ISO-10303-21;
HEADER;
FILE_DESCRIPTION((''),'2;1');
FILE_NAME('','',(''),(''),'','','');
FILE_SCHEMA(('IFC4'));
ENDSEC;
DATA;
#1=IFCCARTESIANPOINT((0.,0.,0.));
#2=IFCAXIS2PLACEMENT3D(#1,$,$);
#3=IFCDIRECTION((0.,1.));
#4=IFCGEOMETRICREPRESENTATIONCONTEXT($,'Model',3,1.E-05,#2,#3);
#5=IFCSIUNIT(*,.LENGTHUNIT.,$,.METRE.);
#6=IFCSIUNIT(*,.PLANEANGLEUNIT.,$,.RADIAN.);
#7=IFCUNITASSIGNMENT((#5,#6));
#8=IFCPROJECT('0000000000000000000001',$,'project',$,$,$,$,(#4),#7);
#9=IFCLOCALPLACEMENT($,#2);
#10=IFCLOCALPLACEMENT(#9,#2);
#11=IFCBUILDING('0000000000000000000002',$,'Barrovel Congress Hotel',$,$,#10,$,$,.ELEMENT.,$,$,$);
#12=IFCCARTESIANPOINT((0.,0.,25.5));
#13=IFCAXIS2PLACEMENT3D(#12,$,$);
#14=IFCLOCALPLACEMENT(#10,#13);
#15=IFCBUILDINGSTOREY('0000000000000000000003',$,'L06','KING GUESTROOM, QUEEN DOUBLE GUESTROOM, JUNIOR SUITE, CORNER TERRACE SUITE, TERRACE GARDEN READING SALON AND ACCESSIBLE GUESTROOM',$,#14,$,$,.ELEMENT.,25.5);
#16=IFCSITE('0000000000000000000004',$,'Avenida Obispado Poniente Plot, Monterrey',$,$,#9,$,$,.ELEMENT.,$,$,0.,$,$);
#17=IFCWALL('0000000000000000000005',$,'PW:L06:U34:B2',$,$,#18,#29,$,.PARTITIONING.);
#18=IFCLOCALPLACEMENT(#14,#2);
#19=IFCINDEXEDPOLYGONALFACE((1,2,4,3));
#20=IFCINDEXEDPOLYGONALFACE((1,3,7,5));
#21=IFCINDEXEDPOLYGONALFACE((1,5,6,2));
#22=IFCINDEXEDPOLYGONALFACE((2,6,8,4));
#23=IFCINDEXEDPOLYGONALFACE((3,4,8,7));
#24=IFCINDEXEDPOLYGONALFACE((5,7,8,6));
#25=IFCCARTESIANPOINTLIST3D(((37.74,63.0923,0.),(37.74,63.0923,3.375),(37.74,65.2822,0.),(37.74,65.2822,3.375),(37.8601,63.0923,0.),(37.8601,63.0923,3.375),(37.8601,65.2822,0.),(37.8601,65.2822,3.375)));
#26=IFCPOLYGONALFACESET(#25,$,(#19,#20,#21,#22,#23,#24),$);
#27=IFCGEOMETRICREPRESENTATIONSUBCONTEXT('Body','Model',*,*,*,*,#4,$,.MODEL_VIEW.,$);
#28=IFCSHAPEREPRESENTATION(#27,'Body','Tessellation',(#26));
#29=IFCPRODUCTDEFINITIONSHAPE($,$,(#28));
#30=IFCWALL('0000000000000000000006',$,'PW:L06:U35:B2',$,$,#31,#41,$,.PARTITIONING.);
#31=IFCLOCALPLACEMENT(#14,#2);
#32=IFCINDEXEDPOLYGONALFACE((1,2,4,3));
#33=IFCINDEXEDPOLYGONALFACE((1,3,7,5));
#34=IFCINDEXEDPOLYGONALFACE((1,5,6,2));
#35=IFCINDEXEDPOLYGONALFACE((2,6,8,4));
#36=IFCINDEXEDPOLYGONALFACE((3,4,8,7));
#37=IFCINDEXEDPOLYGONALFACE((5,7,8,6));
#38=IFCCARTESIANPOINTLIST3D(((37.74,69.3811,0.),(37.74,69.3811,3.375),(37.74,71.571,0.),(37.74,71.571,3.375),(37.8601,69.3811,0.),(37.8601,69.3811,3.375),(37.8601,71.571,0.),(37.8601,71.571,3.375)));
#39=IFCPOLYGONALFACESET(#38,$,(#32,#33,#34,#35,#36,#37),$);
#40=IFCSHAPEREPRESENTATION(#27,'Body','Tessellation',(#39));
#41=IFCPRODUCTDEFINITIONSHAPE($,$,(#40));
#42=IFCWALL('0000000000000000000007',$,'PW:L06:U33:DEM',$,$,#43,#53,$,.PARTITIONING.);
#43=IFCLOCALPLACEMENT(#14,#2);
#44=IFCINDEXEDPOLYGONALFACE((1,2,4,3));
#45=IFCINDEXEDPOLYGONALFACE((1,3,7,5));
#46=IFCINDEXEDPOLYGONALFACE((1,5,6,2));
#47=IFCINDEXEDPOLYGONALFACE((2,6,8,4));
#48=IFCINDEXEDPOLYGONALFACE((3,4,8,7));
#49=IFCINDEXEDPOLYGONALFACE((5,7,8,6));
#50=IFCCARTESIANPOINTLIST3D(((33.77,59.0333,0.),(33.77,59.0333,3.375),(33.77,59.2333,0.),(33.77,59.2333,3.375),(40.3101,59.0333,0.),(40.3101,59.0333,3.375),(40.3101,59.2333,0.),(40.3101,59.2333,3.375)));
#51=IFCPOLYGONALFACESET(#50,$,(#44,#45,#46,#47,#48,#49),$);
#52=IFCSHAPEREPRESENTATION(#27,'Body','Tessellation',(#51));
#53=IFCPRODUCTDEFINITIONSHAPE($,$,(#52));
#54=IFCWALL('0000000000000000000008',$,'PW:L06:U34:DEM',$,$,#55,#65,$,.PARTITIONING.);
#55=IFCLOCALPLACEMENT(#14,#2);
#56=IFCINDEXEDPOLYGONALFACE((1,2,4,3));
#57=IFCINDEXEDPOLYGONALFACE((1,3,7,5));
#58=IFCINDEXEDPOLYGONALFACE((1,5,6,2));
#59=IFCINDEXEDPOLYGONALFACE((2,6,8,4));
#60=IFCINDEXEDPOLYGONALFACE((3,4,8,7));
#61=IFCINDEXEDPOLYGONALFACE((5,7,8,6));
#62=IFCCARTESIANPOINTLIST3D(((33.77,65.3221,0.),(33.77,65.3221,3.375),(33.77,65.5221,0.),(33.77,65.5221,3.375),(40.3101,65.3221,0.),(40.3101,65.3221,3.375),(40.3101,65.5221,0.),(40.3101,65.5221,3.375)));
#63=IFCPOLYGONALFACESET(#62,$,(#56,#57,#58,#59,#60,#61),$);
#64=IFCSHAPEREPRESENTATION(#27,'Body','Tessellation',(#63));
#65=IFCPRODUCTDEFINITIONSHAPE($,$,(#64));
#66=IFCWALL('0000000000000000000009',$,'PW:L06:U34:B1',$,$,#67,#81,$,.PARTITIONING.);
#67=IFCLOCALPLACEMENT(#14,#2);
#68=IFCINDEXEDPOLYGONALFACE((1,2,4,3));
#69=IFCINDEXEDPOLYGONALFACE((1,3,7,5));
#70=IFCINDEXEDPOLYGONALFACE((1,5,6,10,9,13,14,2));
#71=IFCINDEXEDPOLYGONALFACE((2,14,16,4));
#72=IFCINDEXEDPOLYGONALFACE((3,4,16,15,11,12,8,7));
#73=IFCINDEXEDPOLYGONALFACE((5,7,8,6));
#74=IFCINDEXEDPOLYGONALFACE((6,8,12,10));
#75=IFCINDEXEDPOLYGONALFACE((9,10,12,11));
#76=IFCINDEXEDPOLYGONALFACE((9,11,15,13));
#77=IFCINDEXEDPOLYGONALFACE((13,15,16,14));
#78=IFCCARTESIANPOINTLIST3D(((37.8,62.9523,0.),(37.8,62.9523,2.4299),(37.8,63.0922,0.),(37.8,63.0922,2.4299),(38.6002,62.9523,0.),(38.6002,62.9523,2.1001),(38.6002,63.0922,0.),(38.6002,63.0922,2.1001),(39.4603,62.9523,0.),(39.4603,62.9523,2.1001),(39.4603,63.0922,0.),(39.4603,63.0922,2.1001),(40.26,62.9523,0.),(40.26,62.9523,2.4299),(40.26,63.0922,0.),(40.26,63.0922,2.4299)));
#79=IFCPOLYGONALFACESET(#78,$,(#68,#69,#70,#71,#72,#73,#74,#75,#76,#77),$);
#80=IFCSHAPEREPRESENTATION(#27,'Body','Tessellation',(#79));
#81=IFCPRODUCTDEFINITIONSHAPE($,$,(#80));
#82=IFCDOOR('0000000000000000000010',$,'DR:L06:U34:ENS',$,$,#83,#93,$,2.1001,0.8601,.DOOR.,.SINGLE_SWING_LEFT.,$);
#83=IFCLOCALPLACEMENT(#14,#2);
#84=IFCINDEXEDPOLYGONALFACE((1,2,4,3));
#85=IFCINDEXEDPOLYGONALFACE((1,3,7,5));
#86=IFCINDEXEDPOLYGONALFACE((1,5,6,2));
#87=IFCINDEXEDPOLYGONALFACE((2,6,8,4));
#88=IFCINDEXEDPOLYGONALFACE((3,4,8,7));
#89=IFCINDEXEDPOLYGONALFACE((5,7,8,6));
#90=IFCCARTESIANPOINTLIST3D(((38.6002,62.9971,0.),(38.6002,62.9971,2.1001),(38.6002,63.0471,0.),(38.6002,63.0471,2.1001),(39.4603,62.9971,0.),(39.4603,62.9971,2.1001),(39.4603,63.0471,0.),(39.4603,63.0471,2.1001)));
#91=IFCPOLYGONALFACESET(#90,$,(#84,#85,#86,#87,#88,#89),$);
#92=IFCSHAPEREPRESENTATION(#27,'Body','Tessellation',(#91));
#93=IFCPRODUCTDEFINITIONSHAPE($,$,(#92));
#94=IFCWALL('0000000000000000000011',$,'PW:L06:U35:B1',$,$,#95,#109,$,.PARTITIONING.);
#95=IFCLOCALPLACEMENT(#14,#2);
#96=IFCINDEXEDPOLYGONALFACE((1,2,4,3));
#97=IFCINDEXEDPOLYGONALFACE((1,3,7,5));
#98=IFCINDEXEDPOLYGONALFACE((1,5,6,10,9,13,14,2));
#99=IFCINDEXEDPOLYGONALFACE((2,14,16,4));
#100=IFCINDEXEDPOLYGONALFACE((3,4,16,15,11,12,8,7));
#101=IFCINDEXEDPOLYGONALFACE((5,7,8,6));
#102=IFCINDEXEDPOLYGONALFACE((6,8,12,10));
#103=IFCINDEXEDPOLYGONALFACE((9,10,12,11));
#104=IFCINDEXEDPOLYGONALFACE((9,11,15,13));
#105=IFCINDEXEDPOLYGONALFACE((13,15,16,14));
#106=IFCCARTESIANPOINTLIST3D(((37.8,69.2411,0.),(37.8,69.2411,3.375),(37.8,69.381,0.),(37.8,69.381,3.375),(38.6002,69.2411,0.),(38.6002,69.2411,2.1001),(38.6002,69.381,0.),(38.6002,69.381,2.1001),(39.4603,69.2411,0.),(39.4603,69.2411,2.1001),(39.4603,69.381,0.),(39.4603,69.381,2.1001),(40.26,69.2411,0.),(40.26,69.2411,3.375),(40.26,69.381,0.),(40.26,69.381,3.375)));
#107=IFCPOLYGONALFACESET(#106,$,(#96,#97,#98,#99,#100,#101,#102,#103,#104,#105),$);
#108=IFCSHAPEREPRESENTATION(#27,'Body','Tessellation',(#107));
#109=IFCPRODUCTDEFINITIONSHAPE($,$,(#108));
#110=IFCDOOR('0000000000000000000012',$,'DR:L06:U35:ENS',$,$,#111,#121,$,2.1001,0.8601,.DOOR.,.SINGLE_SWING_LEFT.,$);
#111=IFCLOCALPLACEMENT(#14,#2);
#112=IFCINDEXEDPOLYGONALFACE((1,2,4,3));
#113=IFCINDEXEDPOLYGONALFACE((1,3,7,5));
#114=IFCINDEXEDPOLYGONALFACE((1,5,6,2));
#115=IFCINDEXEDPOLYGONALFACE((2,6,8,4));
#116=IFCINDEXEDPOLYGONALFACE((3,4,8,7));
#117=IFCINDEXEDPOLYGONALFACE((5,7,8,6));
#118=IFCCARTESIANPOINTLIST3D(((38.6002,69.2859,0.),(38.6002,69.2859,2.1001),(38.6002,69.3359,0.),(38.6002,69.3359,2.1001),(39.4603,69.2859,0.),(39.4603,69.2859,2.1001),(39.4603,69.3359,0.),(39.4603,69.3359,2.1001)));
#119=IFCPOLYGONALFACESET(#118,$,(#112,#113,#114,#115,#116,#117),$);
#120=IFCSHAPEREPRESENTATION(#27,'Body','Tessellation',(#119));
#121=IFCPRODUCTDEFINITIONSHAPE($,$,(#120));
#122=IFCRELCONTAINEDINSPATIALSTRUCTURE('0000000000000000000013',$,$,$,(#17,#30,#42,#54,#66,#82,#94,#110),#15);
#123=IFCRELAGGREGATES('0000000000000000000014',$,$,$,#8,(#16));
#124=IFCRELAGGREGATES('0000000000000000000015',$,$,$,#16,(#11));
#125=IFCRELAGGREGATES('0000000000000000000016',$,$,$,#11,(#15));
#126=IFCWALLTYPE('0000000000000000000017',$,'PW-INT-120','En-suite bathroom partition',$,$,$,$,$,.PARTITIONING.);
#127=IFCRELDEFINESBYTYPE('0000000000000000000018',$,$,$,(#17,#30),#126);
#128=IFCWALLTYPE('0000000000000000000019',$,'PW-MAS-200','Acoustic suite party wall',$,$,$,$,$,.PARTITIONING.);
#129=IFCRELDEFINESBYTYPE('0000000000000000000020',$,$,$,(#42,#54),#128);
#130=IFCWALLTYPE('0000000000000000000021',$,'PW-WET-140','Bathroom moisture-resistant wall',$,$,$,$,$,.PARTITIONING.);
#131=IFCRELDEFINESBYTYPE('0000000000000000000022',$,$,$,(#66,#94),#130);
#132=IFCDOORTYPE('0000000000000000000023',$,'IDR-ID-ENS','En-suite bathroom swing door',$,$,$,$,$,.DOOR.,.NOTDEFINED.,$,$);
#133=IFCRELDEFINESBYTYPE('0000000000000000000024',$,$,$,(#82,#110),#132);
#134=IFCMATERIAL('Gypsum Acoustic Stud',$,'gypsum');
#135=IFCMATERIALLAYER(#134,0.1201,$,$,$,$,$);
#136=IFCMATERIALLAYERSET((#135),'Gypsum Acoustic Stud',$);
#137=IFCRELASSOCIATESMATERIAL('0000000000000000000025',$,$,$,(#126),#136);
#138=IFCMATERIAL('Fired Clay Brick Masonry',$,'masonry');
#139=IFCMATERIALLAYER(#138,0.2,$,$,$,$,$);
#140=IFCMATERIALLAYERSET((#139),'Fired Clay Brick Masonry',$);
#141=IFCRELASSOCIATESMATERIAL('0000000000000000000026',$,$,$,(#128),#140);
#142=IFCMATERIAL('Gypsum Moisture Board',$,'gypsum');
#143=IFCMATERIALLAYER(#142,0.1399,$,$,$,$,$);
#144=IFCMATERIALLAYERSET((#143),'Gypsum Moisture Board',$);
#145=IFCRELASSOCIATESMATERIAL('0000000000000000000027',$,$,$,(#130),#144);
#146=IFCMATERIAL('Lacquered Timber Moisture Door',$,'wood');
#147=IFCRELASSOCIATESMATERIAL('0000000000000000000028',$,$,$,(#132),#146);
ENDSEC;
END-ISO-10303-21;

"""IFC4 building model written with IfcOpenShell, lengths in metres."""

from ifc_helpers import new_model, si_unit, direction, frame, frame_2d, origin, place, context, subcontext, project, spatial, rectangle, extrude, material, layer, layer_set, type_object, element, fill, save


model = new_model("IFC4")

# Units and contexts
model_context = context("Model", 3, precision=1e-05, world=origin(), true_north=direction((0.0, 1.0)))
body_context = subcontext(model_context, "Body", "Model", "MODEL_VIEW")
ifc_project = project(units=[si_unit("LENGTHUNIT", "METRE"), si_unit("PLANEANGLEUNIT", "RADIAN")], contexts=[model_context])

# Site, building, storey
site_placement = place(None, origin())
site = spatial("IfcSite", under=ifc_project, at=site_placement, Name="Avenida Obispado Poniente Plot, Monterrey", CompositionType="ELEMENT", RefElevation=0.0)
building_placement = place(site_placement, origin())
building = spatial("IfcBuilding", under=site, at=building_placement, Name="Barrovel Congress Hotel", CompositionType="ELEMENT")
storey_placement = place(building_placement, frame((0.0, 0.0, 25.5)))
storey = spatial("IfcBuildingStorey", under=building, at=storey_placement, Name="L06", Description="KING GUESTROOM, QUEEN DOUBLE GUESTROOM, JUNIOR SUITE, CORNER TERRACE SUITE, TERRACE GARDEN READING SALON AND ACCESSIBLE GUESTROOM", CompositionType="ELEMENT", Elevation=25.5)

# Shared definitions
ifc_material_1 = material(Name="Fired Clay Brick Masonry", Category="masonry")

# Shared definitions
ifc_material_2 = material(Name="Gypsum Acoustic Stud", Category="gypsum")

# Walls
ifc_layer_1 = layer(ifc_material_2, 0.1201)
ifc_layer_set_1 = layer_set([ifc_layer_1], Name="Gypsum Acoustic Stud")
wall_type_1 = type_object("IfcWallType", Name="PW-INT-120", Description="En-suite bathroom partition", PredefinedType="PARTITIONING", material=ifc_layer_set_1)
for number, where, z_axis, x_axis, name in (
    (1, (37.8, 63.0923, 0.0), (0.0, 0.0, 1.0), (0.0, 1.0, 0.0), "PW:L06:U34:B2"),
    (2, (37.8, 69.3811, 0.0), (0.0, 0.0, 1.0), (0.0, 1.0, 0.0), "PW:L06:U35:B2"),
):
    element("IfcWall", number, at=place(storey_placement, frame(where, z_axis=z_axis, x_axis=x_axis)), inside=storey, type_object=wall_type_1, Name=name, PredefinedType="PARTITIONING", context=body_context, shape_type="SweptSolid", body=[
        extrude(rectangle(XDim=2.1899, YDim=0.1201, at=frame_2d((1.095, 0.0))), origin(), (0.0, 0.0, 1.0), 3.375),
    ])
ifc_layer_2 = layer(ifc_material_1, 0.2)
ifc_layer_set_2 = layer_set([ifc_layer_2], Name="Fired Clay Brick Masonry")
wall_type_2 = type_object("IfcWallType", Name="PW-MAS-200", Description="Acoustic suite party wall", PredefinedType="PARTITIONING", material=ifc_layer_set_2)
for number, where, z_axis, x_axis, name in (
    (3, (33.77, 59.1333, 0.0), (0.0, 0.0, 1.0), (1.0, 0.0, 0.0), "PW:L06:U33:DEM"),
    (4, (33.77, 65.4221, 0.0), (0.0, 0.0, 1.0), (1.0, 0.0, 0.0), "PW:L06:U34:DEM"),
):
    element("IfcWall", number, at=place(storey_placement, frame(where, z_axis=z_axis, x_axis=x_axis)), inside=storey, type_object=wall_type_2, Name=name, PredefinedType="PARTITIONING", context=body_context, shape_type="SweptSolid", body=[
        extrude(rectangle(XDim=6.54, YDim=0.2, at=frame_2d((3.27, 0.0))), origin(), (0.0, 0.0, 1.0), 3.375),
    ])

# Walls, openings, doors
ifc_material_3 = material(Name="Gypsum Moisture Board", Category="gypsum")
ifc_layer_3 = layer(ifc_material_3, 0.1399)
ifc_layer_set_3 = layer_set([ifc_layer_3], Name="Gypsum Moisture Board")
wall_type_3 = type_object("IfcWallType", Name="PW-WET-140", Description="Bathroom moisture-resistant wall", PredefinedType="PARTITIONING", material=ifc_layer_set_3)
wall_1_placement = place(storey_placement, frame((37.8, 63.0222, 0.0), z_axis=(0.0, 0.0, 1.0), x_axis=(1.0, 0.0, 0.0)))
wall_1 = element("IfcWall", 5, at=wall_1_placement, inside=storey, type_object=wall_type_3, Name="PW:L06:U34:B1", PredefinedType="PARTITIONING", context=body_context, shape_type="SweptSolid", body=[
    extrude(rectangle(XDim=2.46, YDim=0.1399, at=frame_2d((1.23, 0.0))), origin(), (0.0, 0.0, 1.0), 2.4299),
])
opening_1_placement = place(wall_1_placement, frame((0.8, 0.0, 0.0)))
opening_1 = element("IfcOpeningElement", 6, at=opening_1_placement, cuts=wall_1, PredefinedType="OPENING", context=body_context, shape_type="SweptSolid", body=[
    extrude(rectangle(XDim=0.8601, YDim=2.1001, at=frame_2d((0.4302, 1.05))), frame((0.0, 0.0801, 0.0), z_axis=(0.0, -1.0, 0.0), x_axis=(1.0, 0.0, 0.0)), (0.0, 0.0, 1.0), 0.1599),
])
ifc_material_4 = material(Name="Lacquered Timber Moisture Door", Category="wood")
door_type_1 = type_object("IfcDoorType", Name="IDR-ID-ENS", Description="En-suite bathroom swing door", OperationType="NOTDEFINED", PredefinedType="DOOR", material=ifc_material_4)
door_1_placement = place(opening_1_placement, origin())
door_1 = element("IfcDoor", 7, at=door_1_placement, inside=storey, type_object=door_type_1, Name="DR:L06:U34:ENS", OperationType="SINGLE_SWING_LEFT", OverallHeight=2.1001, OverallWidth=0.8601, PredefinedType="DOOR", context=body_context, shape_type="SweptSolid", body=[
    extrude(rectangle(XDim=0.8601, YDim=2.1001, at=frame_2d((0.4302, 1.05))), frame((0.0, 0.0249, 0.0), z_axis=(0.0, -1.0, 0.0), x_axis=(1.0, 0.0, 0.0)), (0.0, 0.0, 1.0), 0.05),
])
fill(opening_1, door_1)
wall_2_placement = place(storey_placement, frame((37.8, 69.311, 0.0), z_axis=(0.0, 0.0, 1.0), x_axis=(1.0, 0.0, 0.0)))
wall_2 = element("IfcWall", 8, at=wall_2_placement, inside=storey, type_object=wall_type_3, Name="PW:L06:U35:B1", PredefinedType="PARTITIONING", context=body_context, shape_type="SweptSolid", body=[
    extrude(rectangle(XDim=2.46, YDim=0.1399, at=frame_2d((1.23, 0.0))), origin(), (0.0, 0.0, 1.0), 3.375),
])
opening_2_placement = place(wall_2_placement, frame((0.8, 0.0, 0.0)))
opening_2 = element("IfcOpeningElement", 9, at=opening_2_placement, cuts=wall_2, PredefinedType="OPENING", context=body_context, shape_type="SweptSolid", body=[
    extrude(rectangle(XDim=0.8601, YDim=2.1001, at=frame_2d((0.4302, 1.05))), frame((0.0, 0.0801, 0.0), z_axis=(0.0, -1.0, 0.0), x_axis=(1.0, 0.0, 0.0)), (0.0, 0.0, 1.0), 0.1599),
])
door_2_placement = place(opening_2_placement, origin())
door_2 = element("IfcDoor", 10, at=door_2_placement, inside=storey, type_object=door_type_1, Name="DR:L06:U35:ENS", OperationType="SINGLE_SWING_LEFT", OverallHeight=2.1001, OverallWidth=0.8601, PredefinedType="DOOR", context=body_context, shape_type="SweptSolid", body=[
    extrude(rectangle(XDim=0.8601, YDim=2.1001, at=frame_2d((0.4302, 1.05))), frame((0.0, 0.0249, 0.0), z_axis=(0.0, -1.0, 0.0), x_axis=(1.0, 0.0, 0.0)), (0.0, 0.0, 1.0), 0.05),
])
fill(opening_2, door_2)

save(model, "model.ifc")
